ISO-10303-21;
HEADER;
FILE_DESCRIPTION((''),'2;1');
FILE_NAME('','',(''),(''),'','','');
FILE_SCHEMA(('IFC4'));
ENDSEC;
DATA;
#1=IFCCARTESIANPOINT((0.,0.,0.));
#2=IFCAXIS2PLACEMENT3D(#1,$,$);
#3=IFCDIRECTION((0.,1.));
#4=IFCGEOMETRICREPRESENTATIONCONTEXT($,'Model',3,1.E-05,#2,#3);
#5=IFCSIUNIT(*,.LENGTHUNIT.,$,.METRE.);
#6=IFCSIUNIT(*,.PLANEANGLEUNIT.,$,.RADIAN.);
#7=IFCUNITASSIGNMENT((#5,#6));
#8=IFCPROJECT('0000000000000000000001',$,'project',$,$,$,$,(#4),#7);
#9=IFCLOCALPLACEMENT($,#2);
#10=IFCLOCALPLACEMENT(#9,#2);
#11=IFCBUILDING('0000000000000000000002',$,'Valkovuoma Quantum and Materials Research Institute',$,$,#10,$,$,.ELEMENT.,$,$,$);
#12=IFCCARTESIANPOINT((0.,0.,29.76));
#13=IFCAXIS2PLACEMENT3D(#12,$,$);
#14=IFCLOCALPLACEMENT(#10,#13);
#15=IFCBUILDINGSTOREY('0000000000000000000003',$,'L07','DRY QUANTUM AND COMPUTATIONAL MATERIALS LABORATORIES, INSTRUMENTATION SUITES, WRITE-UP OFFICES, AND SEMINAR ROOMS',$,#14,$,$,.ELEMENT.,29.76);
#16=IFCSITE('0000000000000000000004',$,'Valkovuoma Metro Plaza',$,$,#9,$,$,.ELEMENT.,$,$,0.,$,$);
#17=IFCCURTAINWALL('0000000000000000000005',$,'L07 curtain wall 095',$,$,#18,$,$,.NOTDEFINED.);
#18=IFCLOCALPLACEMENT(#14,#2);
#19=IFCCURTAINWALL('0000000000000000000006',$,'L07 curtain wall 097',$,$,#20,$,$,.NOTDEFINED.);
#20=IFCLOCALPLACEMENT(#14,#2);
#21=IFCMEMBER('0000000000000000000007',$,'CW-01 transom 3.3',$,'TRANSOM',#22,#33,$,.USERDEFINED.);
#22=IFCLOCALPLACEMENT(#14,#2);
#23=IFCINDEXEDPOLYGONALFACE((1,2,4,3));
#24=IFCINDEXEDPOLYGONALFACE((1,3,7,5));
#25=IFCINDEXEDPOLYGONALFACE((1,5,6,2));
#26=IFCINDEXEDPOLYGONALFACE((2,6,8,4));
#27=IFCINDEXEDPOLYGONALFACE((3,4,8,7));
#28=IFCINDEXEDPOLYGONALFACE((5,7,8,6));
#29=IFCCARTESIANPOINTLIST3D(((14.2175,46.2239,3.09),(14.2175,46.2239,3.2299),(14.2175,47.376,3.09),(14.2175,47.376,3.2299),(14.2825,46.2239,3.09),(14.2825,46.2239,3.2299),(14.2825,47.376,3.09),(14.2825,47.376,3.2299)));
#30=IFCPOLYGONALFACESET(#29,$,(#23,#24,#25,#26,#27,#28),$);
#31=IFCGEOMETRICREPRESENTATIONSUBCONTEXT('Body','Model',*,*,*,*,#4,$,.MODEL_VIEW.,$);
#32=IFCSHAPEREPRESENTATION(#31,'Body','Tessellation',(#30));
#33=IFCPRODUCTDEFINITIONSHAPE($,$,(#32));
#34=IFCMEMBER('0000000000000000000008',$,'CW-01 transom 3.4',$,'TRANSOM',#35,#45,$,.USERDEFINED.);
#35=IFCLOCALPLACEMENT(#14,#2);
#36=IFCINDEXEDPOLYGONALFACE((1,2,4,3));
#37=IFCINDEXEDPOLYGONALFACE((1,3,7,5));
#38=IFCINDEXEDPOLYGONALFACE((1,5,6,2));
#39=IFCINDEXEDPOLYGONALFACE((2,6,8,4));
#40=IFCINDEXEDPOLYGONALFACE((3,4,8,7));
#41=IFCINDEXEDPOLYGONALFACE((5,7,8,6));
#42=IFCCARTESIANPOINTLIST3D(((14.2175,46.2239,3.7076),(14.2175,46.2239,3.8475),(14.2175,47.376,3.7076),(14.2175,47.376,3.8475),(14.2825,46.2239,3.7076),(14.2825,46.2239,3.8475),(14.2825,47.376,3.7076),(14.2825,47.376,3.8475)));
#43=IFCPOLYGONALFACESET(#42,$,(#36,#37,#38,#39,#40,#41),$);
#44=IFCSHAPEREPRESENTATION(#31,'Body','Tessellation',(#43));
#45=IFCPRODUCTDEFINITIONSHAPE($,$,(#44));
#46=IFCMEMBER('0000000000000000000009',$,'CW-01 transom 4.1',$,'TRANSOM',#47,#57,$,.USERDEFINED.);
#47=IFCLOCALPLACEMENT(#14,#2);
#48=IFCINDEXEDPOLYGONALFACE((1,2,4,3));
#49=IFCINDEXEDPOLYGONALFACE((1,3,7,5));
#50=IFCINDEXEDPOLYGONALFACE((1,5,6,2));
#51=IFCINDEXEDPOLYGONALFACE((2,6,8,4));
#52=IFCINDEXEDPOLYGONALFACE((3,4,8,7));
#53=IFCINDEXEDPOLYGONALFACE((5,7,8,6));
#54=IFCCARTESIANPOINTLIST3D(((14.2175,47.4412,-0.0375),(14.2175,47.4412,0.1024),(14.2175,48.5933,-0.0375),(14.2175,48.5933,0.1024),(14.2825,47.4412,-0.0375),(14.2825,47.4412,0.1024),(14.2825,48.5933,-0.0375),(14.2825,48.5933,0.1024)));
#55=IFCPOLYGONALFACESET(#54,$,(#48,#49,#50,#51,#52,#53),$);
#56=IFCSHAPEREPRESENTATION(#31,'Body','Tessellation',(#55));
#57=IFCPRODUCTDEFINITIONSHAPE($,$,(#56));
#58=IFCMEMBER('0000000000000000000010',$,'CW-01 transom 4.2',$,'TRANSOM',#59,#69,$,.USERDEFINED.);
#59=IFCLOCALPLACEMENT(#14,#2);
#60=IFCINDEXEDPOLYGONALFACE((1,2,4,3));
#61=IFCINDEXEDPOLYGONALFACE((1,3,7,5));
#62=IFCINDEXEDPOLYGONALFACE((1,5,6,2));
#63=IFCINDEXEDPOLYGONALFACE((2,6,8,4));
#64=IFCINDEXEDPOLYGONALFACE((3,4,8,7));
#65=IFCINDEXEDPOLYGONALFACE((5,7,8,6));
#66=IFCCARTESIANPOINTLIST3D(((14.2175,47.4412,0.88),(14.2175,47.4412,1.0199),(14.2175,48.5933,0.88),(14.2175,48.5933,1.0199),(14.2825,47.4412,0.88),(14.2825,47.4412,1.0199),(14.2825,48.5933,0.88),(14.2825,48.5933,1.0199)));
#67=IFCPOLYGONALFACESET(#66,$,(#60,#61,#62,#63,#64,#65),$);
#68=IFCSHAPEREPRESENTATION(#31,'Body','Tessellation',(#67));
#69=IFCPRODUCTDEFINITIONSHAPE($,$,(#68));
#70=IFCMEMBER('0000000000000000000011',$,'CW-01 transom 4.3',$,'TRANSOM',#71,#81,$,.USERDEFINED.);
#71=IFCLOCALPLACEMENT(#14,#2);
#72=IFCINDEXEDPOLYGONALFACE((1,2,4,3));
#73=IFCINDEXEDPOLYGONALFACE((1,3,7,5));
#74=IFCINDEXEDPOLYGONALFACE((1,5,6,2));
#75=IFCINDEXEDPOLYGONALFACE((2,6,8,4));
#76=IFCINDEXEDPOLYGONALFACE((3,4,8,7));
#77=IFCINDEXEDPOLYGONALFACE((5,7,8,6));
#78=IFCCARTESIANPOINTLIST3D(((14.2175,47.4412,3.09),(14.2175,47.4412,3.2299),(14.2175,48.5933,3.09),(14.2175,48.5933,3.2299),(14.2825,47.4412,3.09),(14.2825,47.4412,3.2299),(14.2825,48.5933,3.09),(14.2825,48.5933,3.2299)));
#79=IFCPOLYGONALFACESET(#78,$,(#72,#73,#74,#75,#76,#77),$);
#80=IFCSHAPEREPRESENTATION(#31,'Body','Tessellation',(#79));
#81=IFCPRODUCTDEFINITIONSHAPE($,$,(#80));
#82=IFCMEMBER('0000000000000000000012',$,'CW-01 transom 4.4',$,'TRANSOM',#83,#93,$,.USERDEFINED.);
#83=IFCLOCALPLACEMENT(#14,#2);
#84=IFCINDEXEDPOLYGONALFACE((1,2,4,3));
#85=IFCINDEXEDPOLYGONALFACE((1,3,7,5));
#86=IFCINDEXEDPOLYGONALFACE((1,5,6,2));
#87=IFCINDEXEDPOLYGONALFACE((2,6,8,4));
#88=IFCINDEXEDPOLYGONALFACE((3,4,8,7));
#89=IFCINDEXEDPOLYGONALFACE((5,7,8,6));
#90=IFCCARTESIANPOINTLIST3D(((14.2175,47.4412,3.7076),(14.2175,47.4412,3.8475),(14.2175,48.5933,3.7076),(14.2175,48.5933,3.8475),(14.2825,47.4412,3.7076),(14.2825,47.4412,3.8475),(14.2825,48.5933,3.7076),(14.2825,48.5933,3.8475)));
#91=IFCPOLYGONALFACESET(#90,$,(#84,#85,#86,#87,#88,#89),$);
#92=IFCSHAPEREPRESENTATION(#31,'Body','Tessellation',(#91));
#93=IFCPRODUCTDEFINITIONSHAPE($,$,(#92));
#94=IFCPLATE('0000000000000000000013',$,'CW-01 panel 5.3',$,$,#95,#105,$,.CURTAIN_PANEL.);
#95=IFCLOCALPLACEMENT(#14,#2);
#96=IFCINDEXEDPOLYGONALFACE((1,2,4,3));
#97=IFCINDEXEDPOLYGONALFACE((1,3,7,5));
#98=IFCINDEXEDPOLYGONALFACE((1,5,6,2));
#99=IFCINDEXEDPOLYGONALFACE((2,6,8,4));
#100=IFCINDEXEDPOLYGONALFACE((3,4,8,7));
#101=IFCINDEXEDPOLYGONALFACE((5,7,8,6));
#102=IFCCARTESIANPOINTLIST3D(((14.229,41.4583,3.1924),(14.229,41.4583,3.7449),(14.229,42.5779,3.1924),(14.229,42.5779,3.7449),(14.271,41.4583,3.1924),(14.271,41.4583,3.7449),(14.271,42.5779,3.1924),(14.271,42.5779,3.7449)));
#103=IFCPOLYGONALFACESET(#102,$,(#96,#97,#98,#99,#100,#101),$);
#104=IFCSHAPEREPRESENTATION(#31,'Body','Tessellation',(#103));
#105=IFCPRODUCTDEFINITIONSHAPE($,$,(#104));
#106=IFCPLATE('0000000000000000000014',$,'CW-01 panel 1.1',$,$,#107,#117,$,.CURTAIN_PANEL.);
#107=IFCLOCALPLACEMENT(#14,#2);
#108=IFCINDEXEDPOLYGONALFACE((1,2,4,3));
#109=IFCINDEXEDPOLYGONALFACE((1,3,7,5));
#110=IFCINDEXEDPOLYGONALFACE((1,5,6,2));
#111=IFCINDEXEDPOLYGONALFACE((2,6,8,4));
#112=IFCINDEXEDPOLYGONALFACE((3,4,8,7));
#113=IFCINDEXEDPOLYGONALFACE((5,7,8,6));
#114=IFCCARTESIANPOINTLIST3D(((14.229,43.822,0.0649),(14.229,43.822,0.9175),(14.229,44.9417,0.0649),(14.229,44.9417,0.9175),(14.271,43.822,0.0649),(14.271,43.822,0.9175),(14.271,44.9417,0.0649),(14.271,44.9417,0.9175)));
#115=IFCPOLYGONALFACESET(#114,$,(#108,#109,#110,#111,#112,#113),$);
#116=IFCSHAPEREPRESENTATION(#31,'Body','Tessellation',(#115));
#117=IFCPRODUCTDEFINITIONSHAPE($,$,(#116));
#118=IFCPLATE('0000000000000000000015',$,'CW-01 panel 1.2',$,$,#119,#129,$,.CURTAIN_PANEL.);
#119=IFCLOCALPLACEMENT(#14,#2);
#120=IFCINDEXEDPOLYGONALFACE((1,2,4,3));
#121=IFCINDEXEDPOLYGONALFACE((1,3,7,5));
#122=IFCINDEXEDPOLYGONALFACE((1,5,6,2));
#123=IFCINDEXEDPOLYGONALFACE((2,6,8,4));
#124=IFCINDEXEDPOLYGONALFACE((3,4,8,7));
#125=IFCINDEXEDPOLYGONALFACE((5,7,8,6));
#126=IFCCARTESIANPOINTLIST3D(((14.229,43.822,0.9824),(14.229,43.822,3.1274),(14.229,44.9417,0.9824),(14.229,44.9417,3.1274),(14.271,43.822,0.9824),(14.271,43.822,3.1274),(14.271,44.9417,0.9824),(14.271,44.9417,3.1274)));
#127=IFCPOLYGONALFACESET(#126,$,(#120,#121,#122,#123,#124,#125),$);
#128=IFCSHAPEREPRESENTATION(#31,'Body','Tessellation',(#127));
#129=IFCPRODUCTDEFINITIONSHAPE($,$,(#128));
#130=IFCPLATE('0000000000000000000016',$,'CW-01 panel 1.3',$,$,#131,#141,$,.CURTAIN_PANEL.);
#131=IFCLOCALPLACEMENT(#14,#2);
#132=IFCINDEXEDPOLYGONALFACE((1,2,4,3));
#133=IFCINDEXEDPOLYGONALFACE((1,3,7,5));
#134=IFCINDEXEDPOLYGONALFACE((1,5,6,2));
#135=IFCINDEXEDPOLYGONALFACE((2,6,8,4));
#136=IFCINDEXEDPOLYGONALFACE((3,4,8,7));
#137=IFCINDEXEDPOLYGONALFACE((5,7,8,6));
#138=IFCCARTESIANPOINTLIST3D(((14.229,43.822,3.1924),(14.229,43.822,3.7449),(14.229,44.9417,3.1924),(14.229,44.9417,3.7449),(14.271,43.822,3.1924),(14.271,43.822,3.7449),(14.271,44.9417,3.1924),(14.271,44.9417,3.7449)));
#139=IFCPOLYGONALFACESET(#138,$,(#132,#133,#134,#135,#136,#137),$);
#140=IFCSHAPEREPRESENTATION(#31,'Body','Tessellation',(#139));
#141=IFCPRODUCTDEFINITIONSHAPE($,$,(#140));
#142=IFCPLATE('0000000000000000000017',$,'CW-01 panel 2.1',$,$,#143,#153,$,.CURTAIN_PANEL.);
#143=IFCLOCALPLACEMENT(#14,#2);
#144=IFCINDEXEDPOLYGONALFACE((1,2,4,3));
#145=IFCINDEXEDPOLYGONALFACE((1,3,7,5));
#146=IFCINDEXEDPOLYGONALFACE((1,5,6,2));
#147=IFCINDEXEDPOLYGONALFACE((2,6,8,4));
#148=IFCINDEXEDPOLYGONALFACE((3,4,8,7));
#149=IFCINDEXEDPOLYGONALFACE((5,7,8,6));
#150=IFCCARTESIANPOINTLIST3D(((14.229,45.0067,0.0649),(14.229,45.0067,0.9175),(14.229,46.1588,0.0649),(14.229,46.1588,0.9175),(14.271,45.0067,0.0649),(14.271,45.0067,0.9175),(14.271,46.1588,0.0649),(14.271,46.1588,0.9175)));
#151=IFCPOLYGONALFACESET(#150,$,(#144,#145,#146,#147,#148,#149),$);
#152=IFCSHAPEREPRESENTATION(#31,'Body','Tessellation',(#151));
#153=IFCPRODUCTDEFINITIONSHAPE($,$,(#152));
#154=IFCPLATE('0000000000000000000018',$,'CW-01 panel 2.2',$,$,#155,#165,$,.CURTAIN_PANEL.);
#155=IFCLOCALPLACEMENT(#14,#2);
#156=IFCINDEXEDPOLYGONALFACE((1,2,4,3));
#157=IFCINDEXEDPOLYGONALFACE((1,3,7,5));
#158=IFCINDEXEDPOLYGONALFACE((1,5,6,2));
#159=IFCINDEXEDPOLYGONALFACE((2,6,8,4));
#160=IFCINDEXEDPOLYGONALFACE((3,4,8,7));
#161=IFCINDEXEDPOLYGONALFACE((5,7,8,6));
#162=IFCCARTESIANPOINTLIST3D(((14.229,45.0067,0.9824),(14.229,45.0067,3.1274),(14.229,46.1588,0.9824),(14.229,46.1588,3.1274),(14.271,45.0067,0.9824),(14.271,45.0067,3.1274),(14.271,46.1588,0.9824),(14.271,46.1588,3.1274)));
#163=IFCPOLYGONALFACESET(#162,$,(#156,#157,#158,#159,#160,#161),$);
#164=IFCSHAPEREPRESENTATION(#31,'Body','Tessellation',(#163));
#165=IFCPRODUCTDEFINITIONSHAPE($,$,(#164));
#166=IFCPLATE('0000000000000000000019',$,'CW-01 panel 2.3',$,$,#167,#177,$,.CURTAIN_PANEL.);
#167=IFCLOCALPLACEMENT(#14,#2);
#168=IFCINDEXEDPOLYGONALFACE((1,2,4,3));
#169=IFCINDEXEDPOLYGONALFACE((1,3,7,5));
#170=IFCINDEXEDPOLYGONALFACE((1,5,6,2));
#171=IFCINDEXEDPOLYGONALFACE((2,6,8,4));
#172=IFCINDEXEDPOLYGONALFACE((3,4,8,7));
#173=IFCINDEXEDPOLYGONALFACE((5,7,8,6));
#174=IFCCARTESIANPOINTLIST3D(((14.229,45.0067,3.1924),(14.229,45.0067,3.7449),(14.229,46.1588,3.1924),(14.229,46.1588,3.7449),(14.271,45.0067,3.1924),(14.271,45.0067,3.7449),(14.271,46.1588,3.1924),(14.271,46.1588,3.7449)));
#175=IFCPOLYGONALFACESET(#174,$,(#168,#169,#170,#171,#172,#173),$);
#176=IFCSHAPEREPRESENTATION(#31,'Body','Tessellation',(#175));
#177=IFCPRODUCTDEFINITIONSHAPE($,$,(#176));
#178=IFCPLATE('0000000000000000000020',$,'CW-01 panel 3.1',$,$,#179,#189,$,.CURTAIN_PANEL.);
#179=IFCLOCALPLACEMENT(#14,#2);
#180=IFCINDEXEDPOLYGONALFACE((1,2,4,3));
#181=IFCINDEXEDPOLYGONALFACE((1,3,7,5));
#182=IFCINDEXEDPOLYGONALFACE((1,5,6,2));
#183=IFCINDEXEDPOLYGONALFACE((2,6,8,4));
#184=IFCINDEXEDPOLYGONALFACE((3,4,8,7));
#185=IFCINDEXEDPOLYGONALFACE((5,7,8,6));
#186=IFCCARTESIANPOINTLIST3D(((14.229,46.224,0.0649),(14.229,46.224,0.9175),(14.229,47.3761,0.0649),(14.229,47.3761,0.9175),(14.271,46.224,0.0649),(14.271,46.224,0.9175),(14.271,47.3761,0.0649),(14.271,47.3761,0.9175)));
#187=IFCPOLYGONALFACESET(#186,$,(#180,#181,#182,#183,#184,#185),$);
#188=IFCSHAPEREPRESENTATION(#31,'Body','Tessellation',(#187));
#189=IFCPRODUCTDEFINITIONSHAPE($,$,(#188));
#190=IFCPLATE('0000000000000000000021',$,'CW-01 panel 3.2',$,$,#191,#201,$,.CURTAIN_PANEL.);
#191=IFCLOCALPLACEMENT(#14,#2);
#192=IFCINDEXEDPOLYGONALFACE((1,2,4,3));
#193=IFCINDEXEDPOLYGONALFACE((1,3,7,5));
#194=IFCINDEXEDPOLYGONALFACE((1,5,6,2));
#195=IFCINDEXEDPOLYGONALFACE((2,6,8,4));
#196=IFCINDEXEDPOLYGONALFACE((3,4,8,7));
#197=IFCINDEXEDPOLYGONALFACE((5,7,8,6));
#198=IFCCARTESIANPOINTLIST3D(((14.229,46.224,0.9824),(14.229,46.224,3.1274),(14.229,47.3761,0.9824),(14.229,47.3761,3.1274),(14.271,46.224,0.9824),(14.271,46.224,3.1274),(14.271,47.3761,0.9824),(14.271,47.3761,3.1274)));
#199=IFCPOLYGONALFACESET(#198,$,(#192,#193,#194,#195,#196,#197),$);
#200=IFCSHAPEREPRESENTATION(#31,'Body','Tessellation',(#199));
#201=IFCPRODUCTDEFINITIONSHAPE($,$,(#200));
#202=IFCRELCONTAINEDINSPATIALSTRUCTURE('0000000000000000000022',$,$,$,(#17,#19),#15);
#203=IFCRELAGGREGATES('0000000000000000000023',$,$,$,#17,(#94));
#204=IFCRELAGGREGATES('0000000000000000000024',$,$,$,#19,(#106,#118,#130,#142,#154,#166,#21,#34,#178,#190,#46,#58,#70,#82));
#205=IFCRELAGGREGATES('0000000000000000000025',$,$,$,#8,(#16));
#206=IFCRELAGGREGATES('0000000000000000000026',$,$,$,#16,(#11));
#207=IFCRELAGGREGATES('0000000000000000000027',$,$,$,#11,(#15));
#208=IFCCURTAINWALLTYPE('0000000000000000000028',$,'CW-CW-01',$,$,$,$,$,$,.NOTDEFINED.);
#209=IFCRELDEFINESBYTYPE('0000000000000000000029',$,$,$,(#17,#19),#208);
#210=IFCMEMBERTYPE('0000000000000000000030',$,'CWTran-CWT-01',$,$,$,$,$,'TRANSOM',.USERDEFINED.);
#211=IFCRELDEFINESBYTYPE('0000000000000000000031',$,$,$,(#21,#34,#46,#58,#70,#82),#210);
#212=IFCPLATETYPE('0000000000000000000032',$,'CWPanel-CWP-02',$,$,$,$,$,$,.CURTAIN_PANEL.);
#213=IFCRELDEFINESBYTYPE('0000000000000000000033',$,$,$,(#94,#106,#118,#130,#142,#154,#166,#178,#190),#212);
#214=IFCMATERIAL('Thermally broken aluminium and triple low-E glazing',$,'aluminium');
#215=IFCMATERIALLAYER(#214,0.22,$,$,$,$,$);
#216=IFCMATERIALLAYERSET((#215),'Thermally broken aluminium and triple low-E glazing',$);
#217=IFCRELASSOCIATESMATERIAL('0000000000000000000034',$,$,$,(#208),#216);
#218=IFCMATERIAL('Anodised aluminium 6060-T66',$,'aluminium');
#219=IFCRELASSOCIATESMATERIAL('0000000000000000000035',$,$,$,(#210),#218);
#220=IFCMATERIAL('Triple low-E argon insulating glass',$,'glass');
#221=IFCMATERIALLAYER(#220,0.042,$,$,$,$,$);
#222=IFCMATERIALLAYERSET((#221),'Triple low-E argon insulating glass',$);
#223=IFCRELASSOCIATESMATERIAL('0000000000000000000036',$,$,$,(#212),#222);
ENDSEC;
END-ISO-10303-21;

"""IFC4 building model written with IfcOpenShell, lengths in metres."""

from ifc_helpers import new_model, si_unit, direction, frame, origin, origin_2d, place, context, subcontext, project, spatial, rectangle, extrude, material, layer, layer_set, material_profile, profile_set, type_object, element, aggregate, save


model = new_model("IFC4")

# Units and contexts
model_context = context("Model", 3, precision=1e-05, world=origin(), true_north=direction((0.0, 1.0)))
body_context = subcontext(model_context, "Body", "Model", "MODEL_VIEW")
ifc_project = project(units=[si_unit("LENGTHUNIT", "METRE"), si_unit("PLANEANGLEUNIT", "RADIAN")], contexts=[model_context])

# Site, building, storey
site_placement = place(None, origin())
site = spatial("IfcSite", under=ifc_project, at=site_placement, Name="Valkovuoma Metro Plaza", CompositionType="ELEMENT", RefElevation=0.0)
building_placement = place(site_placement, origin())
building = spatial("IfcBuilding", under=site, at=building_placement, Name="Valkovuoma Quantum and Materials Research Institute", CompositionType="ELEMENT")
storey_placement = place(building_placement, frame((0.0, 0.0, 29.76)))
storey = spatial("IfcBuildingStorey", under=building, at=storey_placement, Name="L07", Description="DRY QUANTUM AND COMPUTATIONAL MATERIALS LABORATORIES, INSTRUMENTATION SUITES, WRITE-UP OFFICES, AND SEMINAR ROOMS", CompositionType="ELEMENT", Elevation=29.76)

# Curtain wall
ifc_material_1 = material(Name="Thermally broken aluminium and triple low-E glazing", Category="aluminium")
ifc_layer_1 = layer(ifc_material_1, 0.22)
ifc_layer_set_1 = layer_set([ifc_layer_1], Name="Thermally broken aluminium and triple low-E glazing")
curtain_wall_type = type_object("IfcCurtainWallType", Name="CW-CW-01", PredefinedType="NOTDEFINED", material=ifc_layer_set_1)
curtain_wall_1_placement = place(storey_placement, origin())
curtain_wall_1 = element("IfcCurtainWall", 1, at=curtain_wall_1_placement, inside=storey, type_object=curtain_wall_type, Name="L07 curtain wall 095", PredefinedType="NOTDEFINED")

# Curtain wall, members
curtain_wall_2_placement = place(storey_placement, origin())
curtain_wall_2 = element("IfcCurtainWall", 2, at=curtain_wall_2_placement, inside=storey, type_object=curtain_wall_type, Name="L07 curtain wall 097", PredefinedType="NOTDEFINED")
ifc_material_2 = material(Name="Anodised aluminium 6060-T66", Category="aluminium")
ifc_material_profile_1 = material_profile(ifc_material_2, rectangle(XDim=0.0649, YDim=0.1399, at=origin_2d()), Name="Anodised aluminium 6060-T66")
ifc_profile_set_1 = profile_set([ifc_material_profile_1], Name="Anodised aluminium 6060-T66")
member_type_1 = type_object("IfcMemberType", Name="CWTran-CWT-01", ElementType="TRANSOM", PredefinedType="USERDEFINED", material=ifc_profile_set_1)
member_1_placement = place(storey_placement, frame((14.25, 46.2239, 3.1599), z_axis=(0.0, 1.0, 0.0), x_axis=(-1.0, 0.0, 0.0)))
member_1 = element("IfcMember", 3, at=member_1_placement, type_object=member_type_1, Name="CW-01 transom 3.3", ObjectType="TRANSOM", PredefinedType="USERDEFINED", context=body_context, shape_type="SweptSolid", body=[
    extrude(rectangle(XDim=0.0649, YDim=0.1399, at=origin_2d()), origin(), (0.0, 0.0, 1.0), 1.1521),
])
member_2_placement = place(storey_placement, frame((14.25, 46.2239, 3.7776), z_axis=(0.0, 1.0, 0.0), x_axis=(-1.0, 0.0, 0.0)))
member_2 = element("IfcMember", 4, at=member_2_placement, type_object=member_type_1, Name="CW-01 transom 3.4", ObjectType="TRANSOM", PredefinedType="USERDEFINED", context=body_context, shape_type="SweptSolid", body=[
    extrude(rectangle(XDim=0.0649, YDim=0.1399, at=origin_2d()), origin(), (0.0, 0.0, 1.0), 1.1521),
])
member_3_placement = place(storey_placement, frame((14.25, 47.4412, 0.0325), z_axis=(0.0, 1.0, 0.0), x_axis=(-1.0, 0.0, 0.0)))
member_3 = element("IfcMember", 5, at=member_3_placement, type_object=member_type_1, Name="CW-01 transom 4.1", ObjectType="TRANSOM", PredefinedType="USERDEFINED", context=body_context, shape_type="SweptSolid", body=[
    extrude(rectangle(XDim=0.0649, YDim=0.1399, at=origin_2d()), origin(), (0.0, 0.0, 1.0), 1.1521),
])
member_4_placement = place(storey_placement, frame((14.25, 47.4412, 0.95), z_axis=(0.0, 1.0, 0.0), x_axis=(-1.0, 0.0, 0.0)))
member_4 = element("IfcMember", 6, at=member_4_placement, type_object=member_type_1, Name="CW-01 transom 4.2", ObjectType="TRANSOM", PredefinedType="USERDEFINED", context=body_context, shape_type="SweptSolid", body=[
    extrude(rectangle(XDim=0.0649, YDim=0.1399, at=origin_2d()), origin(), (0.0, 0.0, 1.0), 1.1521),
])
member_5_placement = place(storey_placement, frame((14.25, 47.4412, 3.1599), z_axis=(0.0, 1.0, 0.0), x_axis=(-1.0, 0.0, 0.0)))
member_5 = element("IfcMember", 7, at=member_5_placement, type_object=member_type_1, Name="CW-01 transom 4.3", ObjectType="TRANSOM", PredefinedType="USERDEFINED", context=body_context, shape_type="SweptSolid", body=[
    extrude(rectangle(XDim=0.0649, YDim=0.1399, at=origin_2d()), origin(), (0.0, 0.0, 1.0), 1.1521),
])
member_6_placement = place(storey_placement, frame((14.25, 47.4412, 3.7776), z_axis=(0.0, 1.0, 0.0), x_axis=(-1.0, 0.0, 0.0)))
member_6 = element("IfcMember", 8, at=member_6_placement, type_object=member_type_1, Name="CW-01 transom 4.4", ObjectType="TRANSOM", PredefinedType="USERDEFINED", context=body_context, shape_type="SweptSolid", body=[
    extrude(rectangle(XDim=0.0649, YDim=0.1399, at=origin_2d()), origin(), (0.0, 0.0, 1.0), 1.1521),
])

# Plates
ifc_material_3 = material(Name="Triple low-E argon insulating glass", Category="glass")
ifc_layer_2 = layer(ifc_material_3, 0.042)
ifc_layer_set_2 = layer_set([ifc_layer_2], Name="Triple low-E argon insulating glass")
plate_type = type_object("IfcPlateType", Name="CWPanel-CWP-02", PredefinedType="CURTAIN_PANEL", material=ifc_layer_set_2)
plate_1_placement = place(storey_placement, frame((14.25, 42.0181, 3.1924), z_axis=(0.0, 0.0, 1.0), x_axis=(0.0, 1.0, 0.0)))
plate_1 = element("IfcPlate", 9, at=plate_1_placement, type_object=plate_type, Name="CW-01 panel 5.3", PredefinedType="CURTAIN_PANEL", context=body_context, shape_type="SweptSolid", body=[
    extrude(rectangle(XDim=1.1196, YDim=0.042, at=origin_2d()), origin(), (0.0, 0.0, 1.0), 0.5525),
])
aggregate(curtain_wall_1, [plate_1])
plate_2_placement = place(storey_placement, frame((14.25, 44.3818, 0.0649), z_axis=(0.0, 0.0, 1.0), x_axis=(0.0, 1.0, 0.0)))
plate_2 = element("IfcPlate", 10, at=plate_2_placement, type_object=plate_type, Name="CW-01 panel 1.1", PredefinedType="CURTAIN_PANEL", context=body_context, shape_type="SweptSolid", body=[
    extrude(rectangle(XDim=1.1196, YDim=0.042, at=origin_2d()), origin(), (0.0, 0.0, 1.0), 0.8525),
])
plate_3_placement = place(storey_placement, frame((14.25, 44.3818, 0.9824), z_axis=(0.0, 0.0, 1.0), x_axis=(0.0, 1.0, 0.0)))
plate_3 = element("IfcPlate", 11, at=plate_3_placement, type_object=plate_type, Name="CW-01 panel 1.2", PredefinedType="CURTAIN_PANEL", context=body_context, shape_type="SweptSolid", body=[
    extrude(rectangle(XDim=1.1196, YDim=0.042, at=origin_2d()), origin(), (0.0, 0.0, 1.0), 2.145),
])
plate_4_placement = place(storey_placement, frame((14.25, 44.3818, 3.1924), z_axis=(0.0, 0.0, 1.0), x_axis=(0.0, 1.0, 0.0)))
plate_4 = element("IfcPlate", 12, at=plate_4_placement, type_object=plate_type, Name="CW-01 panel 1.3", PredefinedType="CURTAIN_PANEL", context=body_context, shape_type="SweptSolid", body=[
    extrude(rectangle(XDim=1.1196, YDim=0.042, at=origin_2d()), origin(), (0.0, 0.0, 1.0), 0.5525),
])
plate_5_placement = place(storey_placement, frame((14.25, 45.5828, 0.0649), z_axis=(0.0, 0.0, 1.0), x_axis=(0.0, 1.0, 0.0)))
plate_5 = element("IfcPlate", 13, at=plate_5_placement, type_object=plate_type, Name="CW-01 panel 2.1", PredefinedType="CURTAIN_PANEL", context=body_context, shape_type="SweptSolid", body=[
    extrude(rectangle(XDim=1.1521, YDim=0.042, at=origin_2d()), origin(), (0.0, 0.0, 1.0), 0.8525),
])
plate_6_placement = place(storey_placement, frame((14.25, 45.5828, 0.9824), z_axis=(0.0, 0.0, 1.0), x_axis=(0.0, 1.0, 0.0)))
plate_6 = element("IfcPlate", 14, at=plate_6_placement, type_object=plate_type, Name="CW-01 panel 2.2", PredefinedType="CURTAIN_PANEL", context=body_context, shape_type="SweptSolid", body=[
    extrude(rectangle(XDim=1.1521, YDim=0.042, at=origin_2d()), origin(), (0.0, 0.0, 1.0), 2.145),
])
plate_7_placement = place(storey_placement, frame((14.25, 45.5828, 3.1924), z_axis=(0.0, 0.0, 1.0), x_axis=(0.0, 1.0, 0.0)))
plate_7 = element("IfcPlate", 15, at=plate_7_placement, type_object=plate_type, Name="CW-01 panel 2.3", PredefinedType="CURTAIN_PANEL", context=body_context, shape_type="SweptSolid", body=[
    extrude(rectangle(XDim=1.1521, YDim=0.042, at=origin_2d()), origin(), (0.0, 0.0, 1.0), 0.5525),
])
plate_8_placement = place(storey_placement, frame((14.25, 46.8, 0.0649), z_axis=(0.0, 0.0, 1.0), x_axis=(0.0, 1.0, 0.0)))
plate_8 = element("IfcPlate", 16, at=plate_8_placement, type_object=plate_type, Name="CW-01 panel 3.1", PredefinedType="CURTAIN_PANEL", context=body_context, shape_type="SweptSolid", body=[
    extrude(rectangle(XDim=1.1521, YDim=0.042, at=origin_2d()), origin(), (0.0, 0.0, 1.0), 0.8525),
])
plate_9_placement = place(storey_placement, frame((14.25, 46.8, 0.9824), z_axis=(0.0, 0.0, 1.0), x_axis=(0.0, 1.0, 0.0)))
plate_9 = element("IfcPlate", 17, at=plate_9_placement, type_object=plate_type, Name="CW-01 panel 3.2", PredefinedType="CURTAIN_PANEL", context=body_context, shape_type="SweptSolid", body=[
    extrude(rectangle(XDim=1.1521, YDim=0.042, at=origin_2d()), origin(), (0.0, 0.0, 1.0), 2.145),
])
aggregate(curtain_wall_2, [plate_2, plate_3, plate_4, plate_5, plate_6, plate_7, member_1, member_2, plate_8, plate_9, member_3, member_4, member_5, member_6])

save(model, "model.ifc")
